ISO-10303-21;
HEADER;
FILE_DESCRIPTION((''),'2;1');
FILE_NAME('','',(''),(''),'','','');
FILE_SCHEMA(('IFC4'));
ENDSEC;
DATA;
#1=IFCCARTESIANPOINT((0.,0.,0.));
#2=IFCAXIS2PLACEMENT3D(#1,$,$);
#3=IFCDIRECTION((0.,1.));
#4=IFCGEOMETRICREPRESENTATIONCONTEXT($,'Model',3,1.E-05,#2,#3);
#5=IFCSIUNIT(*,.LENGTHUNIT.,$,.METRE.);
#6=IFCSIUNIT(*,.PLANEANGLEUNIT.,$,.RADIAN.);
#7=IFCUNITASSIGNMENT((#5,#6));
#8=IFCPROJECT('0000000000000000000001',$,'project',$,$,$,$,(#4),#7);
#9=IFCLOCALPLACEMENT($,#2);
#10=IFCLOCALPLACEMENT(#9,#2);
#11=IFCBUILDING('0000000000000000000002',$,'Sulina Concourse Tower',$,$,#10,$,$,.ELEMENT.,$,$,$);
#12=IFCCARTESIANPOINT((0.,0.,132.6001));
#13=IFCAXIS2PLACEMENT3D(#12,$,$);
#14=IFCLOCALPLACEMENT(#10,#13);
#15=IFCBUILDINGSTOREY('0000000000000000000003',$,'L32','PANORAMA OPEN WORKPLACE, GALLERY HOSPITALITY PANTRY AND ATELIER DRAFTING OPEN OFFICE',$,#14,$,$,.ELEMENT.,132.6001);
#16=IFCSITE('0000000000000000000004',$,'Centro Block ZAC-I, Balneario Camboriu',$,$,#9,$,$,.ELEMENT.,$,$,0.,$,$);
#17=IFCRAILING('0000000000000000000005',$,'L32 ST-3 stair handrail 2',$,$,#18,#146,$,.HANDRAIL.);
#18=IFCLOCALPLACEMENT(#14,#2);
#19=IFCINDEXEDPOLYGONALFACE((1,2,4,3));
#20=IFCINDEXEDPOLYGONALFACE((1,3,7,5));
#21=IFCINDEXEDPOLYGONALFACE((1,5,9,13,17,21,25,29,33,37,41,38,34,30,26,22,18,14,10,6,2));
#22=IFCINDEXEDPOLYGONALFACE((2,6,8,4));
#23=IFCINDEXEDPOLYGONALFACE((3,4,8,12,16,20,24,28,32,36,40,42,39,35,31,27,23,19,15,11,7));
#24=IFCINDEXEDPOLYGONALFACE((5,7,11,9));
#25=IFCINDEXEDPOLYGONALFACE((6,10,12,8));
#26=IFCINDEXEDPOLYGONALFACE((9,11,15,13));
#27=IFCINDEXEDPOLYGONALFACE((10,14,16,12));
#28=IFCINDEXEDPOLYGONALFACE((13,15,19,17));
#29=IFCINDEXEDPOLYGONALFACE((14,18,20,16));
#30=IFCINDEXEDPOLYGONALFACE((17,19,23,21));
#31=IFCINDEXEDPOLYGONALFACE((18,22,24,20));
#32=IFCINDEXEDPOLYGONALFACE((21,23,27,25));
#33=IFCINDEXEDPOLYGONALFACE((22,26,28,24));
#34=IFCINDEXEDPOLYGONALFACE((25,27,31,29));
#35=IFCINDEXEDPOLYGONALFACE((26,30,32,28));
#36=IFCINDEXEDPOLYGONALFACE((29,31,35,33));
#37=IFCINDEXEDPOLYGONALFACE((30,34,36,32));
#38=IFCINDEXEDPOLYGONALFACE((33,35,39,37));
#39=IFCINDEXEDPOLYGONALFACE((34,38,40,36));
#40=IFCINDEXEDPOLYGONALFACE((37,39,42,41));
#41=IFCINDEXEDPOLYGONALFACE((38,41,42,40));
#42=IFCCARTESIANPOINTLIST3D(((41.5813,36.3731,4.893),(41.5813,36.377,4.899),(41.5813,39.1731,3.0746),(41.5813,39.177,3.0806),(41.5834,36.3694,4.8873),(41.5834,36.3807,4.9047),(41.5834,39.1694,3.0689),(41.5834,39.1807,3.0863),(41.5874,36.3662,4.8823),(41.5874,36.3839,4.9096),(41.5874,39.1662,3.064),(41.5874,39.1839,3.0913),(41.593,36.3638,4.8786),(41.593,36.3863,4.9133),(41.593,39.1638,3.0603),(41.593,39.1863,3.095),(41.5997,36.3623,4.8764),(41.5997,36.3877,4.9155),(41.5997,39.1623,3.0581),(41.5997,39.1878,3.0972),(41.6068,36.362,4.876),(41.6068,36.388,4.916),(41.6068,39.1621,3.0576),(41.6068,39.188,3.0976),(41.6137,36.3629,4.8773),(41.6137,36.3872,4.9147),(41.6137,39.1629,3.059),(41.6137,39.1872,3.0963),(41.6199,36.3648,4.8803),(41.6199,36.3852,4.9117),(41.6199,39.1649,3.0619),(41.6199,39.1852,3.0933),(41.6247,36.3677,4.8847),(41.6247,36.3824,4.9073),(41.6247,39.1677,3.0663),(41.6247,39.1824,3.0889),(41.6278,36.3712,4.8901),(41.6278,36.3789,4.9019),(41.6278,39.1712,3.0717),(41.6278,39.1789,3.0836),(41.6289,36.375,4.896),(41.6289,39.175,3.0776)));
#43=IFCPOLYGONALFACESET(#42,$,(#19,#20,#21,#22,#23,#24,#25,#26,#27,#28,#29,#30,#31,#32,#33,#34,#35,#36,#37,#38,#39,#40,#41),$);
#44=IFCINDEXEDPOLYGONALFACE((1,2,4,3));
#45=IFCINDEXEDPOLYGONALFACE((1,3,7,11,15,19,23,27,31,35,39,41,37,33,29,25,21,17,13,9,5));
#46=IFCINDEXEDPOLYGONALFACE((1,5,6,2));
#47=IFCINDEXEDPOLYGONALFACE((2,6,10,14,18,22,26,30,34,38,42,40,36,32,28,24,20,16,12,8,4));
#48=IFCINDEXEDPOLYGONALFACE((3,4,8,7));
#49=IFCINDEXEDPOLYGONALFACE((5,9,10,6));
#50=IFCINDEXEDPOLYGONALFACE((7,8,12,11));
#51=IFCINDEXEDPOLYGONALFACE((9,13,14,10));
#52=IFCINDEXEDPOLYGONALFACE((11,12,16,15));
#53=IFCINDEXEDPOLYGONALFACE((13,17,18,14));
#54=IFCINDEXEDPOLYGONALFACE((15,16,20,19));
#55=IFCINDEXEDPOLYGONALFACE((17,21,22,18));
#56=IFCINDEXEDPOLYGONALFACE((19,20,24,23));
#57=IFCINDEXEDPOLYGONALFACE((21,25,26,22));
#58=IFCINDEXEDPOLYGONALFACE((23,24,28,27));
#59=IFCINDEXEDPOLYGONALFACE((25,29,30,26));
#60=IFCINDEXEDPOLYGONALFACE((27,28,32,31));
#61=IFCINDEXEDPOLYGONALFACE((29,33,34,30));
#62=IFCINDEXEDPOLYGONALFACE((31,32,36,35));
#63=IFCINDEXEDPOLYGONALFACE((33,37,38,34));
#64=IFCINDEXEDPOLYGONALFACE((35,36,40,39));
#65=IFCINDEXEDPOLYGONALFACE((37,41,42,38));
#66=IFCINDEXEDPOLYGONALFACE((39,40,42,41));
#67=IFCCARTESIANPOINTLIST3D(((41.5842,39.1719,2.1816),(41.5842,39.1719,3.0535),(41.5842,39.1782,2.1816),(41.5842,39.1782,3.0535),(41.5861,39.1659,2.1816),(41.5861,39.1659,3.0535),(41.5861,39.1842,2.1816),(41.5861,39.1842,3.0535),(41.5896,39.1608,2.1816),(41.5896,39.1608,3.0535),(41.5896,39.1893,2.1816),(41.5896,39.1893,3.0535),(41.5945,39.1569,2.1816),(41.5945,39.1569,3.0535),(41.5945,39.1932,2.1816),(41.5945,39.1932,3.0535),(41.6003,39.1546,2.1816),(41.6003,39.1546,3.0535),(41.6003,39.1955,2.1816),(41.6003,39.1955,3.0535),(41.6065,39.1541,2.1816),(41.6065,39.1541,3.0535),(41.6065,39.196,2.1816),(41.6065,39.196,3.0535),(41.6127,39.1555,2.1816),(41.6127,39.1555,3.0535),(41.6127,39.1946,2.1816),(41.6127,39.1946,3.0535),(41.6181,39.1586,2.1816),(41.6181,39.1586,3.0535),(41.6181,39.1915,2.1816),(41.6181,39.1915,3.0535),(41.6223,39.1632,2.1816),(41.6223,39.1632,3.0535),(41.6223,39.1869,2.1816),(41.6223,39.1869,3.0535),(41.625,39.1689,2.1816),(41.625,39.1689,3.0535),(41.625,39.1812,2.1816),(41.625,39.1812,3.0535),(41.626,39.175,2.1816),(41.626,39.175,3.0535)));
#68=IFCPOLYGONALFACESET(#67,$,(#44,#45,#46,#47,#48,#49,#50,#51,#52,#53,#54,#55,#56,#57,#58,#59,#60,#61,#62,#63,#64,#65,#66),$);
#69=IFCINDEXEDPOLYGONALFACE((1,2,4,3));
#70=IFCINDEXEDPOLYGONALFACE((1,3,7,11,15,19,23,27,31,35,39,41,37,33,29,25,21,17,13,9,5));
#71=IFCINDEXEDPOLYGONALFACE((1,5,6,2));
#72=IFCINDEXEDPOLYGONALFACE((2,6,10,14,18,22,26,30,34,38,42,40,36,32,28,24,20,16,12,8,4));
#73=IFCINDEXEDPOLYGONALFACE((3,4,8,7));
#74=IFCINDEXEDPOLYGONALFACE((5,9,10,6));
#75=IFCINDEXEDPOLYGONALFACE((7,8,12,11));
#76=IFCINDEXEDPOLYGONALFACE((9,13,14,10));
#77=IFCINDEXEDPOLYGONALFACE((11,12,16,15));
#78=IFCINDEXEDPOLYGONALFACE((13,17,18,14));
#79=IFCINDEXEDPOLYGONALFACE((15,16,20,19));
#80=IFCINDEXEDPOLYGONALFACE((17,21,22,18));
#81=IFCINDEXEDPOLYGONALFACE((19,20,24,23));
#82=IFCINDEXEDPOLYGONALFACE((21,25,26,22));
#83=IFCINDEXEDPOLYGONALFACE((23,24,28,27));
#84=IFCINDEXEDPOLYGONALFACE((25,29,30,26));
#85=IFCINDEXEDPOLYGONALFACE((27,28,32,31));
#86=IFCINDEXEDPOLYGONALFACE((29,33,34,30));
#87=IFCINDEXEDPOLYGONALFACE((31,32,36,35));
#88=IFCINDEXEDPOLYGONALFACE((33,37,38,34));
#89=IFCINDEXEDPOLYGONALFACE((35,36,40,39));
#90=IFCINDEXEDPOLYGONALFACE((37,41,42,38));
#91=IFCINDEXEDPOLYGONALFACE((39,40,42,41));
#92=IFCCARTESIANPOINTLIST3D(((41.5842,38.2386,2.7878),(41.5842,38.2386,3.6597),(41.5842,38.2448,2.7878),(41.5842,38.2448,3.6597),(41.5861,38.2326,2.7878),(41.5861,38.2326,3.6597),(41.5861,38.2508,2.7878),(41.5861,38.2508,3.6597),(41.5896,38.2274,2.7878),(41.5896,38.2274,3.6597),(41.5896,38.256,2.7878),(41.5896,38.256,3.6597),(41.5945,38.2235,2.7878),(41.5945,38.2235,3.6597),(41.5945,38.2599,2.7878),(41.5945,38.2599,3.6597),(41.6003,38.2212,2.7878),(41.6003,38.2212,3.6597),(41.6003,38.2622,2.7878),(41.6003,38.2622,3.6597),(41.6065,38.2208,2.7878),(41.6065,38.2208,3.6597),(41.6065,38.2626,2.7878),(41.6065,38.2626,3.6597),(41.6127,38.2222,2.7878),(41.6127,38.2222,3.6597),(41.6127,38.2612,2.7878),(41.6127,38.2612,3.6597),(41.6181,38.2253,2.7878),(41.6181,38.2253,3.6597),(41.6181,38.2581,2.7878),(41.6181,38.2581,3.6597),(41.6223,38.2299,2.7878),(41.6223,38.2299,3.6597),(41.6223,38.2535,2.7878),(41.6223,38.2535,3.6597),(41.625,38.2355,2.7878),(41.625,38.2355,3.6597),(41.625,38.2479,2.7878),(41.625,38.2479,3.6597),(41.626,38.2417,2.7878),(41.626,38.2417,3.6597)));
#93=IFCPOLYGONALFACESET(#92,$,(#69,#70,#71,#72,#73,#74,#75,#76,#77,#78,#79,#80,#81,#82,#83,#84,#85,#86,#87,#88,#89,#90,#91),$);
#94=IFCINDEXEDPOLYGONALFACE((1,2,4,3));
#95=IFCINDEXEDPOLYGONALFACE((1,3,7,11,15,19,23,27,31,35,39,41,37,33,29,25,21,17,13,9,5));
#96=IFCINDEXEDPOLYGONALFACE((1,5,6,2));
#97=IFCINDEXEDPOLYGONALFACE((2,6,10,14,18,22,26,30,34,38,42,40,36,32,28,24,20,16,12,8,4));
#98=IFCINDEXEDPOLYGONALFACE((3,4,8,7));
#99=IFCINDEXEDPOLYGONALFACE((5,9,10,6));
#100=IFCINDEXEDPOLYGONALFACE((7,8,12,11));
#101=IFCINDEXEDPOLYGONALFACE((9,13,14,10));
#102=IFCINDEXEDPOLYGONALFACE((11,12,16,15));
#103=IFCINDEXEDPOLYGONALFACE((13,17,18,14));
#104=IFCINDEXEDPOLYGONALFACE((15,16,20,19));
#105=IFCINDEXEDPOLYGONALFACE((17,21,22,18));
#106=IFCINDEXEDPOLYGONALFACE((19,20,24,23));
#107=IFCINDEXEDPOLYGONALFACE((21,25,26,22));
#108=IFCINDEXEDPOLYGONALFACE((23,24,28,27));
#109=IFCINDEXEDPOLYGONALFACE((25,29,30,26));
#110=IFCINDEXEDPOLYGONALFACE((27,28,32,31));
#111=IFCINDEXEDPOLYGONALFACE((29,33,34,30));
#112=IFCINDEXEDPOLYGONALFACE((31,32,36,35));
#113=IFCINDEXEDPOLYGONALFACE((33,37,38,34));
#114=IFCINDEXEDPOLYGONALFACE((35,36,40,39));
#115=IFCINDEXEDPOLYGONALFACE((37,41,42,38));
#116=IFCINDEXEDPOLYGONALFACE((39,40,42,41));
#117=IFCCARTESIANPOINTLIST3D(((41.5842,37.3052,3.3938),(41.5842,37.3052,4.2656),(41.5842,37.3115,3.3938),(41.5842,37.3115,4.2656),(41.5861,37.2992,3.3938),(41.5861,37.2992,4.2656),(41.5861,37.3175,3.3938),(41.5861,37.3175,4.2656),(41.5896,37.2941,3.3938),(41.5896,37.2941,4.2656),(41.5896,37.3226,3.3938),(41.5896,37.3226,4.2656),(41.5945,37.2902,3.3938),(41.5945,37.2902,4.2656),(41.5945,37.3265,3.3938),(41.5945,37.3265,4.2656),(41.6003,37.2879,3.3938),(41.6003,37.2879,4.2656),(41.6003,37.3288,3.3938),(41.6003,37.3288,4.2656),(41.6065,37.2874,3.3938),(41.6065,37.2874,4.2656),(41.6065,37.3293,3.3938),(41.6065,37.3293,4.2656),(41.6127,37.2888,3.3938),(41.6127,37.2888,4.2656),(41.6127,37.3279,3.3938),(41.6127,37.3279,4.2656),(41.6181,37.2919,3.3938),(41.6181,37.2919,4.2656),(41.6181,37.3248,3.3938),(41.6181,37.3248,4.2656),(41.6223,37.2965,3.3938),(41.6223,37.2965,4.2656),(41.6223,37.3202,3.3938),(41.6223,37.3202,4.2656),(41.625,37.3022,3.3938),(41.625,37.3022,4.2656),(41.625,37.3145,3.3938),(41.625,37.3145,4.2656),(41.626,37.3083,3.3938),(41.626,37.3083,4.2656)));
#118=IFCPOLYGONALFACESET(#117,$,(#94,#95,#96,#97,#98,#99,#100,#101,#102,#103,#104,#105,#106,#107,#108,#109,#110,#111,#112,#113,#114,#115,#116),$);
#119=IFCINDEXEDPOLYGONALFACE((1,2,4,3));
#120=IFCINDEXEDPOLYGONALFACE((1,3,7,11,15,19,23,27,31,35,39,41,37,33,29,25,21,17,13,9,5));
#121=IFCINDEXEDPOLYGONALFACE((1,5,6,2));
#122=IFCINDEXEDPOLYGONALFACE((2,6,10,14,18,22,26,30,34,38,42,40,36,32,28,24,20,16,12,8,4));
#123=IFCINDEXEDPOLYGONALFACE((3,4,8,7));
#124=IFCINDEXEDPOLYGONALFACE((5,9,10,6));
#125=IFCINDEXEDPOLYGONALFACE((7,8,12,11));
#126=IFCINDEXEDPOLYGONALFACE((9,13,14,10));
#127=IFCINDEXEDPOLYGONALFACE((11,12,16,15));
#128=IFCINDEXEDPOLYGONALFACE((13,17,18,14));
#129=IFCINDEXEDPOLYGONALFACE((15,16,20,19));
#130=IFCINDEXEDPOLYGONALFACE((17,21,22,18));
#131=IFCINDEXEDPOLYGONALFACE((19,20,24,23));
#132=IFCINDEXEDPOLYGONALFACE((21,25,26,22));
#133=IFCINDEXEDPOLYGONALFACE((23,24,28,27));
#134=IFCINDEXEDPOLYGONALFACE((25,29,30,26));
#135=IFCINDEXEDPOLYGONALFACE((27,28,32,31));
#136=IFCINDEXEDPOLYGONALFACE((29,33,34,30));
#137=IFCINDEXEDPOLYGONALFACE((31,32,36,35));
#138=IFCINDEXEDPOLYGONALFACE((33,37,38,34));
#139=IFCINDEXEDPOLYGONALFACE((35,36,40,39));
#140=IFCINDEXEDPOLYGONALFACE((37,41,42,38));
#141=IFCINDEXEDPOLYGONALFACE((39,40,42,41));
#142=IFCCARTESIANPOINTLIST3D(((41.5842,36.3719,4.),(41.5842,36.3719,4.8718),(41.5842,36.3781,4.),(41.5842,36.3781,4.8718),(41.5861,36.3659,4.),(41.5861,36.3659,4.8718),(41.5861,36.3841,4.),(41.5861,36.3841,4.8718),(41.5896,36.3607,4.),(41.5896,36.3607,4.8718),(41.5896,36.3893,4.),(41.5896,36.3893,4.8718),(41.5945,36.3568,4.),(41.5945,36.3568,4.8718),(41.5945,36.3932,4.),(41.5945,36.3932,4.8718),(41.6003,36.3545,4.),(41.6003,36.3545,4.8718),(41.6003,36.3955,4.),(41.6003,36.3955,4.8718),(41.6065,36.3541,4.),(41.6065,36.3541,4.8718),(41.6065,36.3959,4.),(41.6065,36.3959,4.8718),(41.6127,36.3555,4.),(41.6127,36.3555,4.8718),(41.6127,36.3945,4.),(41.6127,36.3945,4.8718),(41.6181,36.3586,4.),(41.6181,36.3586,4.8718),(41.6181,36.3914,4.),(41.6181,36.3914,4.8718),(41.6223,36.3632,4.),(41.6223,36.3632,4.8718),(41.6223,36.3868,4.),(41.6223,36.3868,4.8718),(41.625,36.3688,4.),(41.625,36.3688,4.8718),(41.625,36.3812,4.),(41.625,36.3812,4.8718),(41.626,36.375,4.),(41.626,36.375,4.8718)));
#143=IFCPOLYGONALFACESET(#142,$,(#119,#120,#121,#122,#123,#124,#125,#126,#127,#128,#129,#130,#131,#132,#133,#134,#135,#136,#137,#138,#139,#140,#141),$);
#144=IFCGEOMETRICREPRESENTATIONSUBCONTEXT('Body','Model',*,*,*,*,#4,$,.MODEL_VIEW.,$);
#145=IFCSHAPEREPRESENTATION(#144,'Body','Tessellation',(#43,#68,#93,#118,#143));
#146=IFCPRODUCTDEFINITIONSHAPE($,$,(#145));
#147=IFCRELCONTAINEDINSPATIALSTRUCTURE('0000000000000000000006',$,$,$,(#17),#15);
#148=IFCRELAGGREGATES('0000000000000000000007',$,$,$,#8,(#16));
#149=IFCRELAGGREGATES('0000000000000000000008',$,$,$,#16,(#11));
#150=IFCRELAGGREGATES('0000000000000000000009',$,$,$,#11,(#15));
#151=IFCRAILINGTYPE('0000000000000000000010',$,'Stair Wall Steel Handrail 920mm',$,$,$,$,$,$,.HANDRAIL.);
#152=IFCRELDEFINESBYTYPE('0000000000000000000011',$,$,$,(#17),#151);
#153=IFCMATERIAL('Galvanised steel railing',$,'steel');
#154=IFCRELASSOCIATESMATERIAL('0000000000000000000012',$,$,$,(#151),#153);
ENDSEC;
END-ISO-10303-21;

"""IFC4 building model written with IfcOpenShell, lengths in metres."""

from ifc_helpers import new_model, si_unit, direction, frame, origin, origin_2d, place, context, subcontext, project, spatial, circle, extrude, material, type_object, element, save


model = new_model("IFC4")

# Units and contexts
model_context = context("Model", 3, precision=1e-05, world=origin(), true_north=direction((0.0, 1.0)))
body_context = subcontext(model_context, "Body", "Model", "MODEL_VIEW")
ifc_project = project(units=[si_unit("LENGTHUNIT", "METRE"), si_unit("PLANEANGLEUNIT", "RADIAN")], contexts=[model_context])

# Site, building, storey
site_placement = place(None, origin())
site = spatial("IfcSite", under=ifc_project, at=site_placement, Name="Centro Block ZAC-I, Balneario Camboriu", CompositionType="ELEMENT", RefElevation=0.0)
building_placement = place(site_placement, origin())
building = spatial("IfcBuilding", under=site, at=building_placement, Name="Sulina Concourse Tower", CompositionType="ELEMENT")
storey_placement = place(building_placement, frame((0.0, 0.0, 132.6001)))
storey = spatial("IfcBuildingStorey", under=building, at=storey_placement, Name="L32", Description="PANORAMA OPEN WORKPLACE, GALLERY HOSPITALITY PANTRY AND ATELIER DRAFTING OPEN OFFICE", CompositionType="ELEMENT", Elevation=132.6001)

# Railing
ifc_material_1 = material(Name="Galvanised steel railing", Category="steel")
railing_type_1 = type_object("IfcRailingType", Name="Stair Wall Steel Handrail 920mm", PredefinedType="HANDRAIL", material=ifc_material_1)
railing_1_placement = place(storey_placement, frame((41.605, 39.175, 2.1816)))
element("IfcRailing", 1, at=railing_1_placement, inside=storey, type_object=railing_type_1, Name="L32 ST-3 stair handrail 2", PredefinedType="HANDRAIL", context=body_context, shape_type="SweptSolid", body=[
    extrude(circle(Radius=0.0239, at=origin_2d()), frame((0.0, 0.0, 0.896), z_axis=(0.0, -0.838672, 0.544636), x_axis=(1.0, 0.0, 0.0)), (0.0, 0.0, 1.0), 3.3386),
    extrude(circle(Radius=0.021, at=origin_2d()), origin(), (0.0, 0.0, 1.0), 0.8718),
    extrude(circle(Radius=0.021, at=origin_2d()), frame((0.0, -0.9333, 0.6062)), (0.0, 0.0, 1.0), 0.8718),
    extrude(circle(Radius=0.021, at=origin_2d()), frame((0.0, -1.8667, 1.2122)), (0.0, 0.0, 1.0), 0.8718),
    extrude(circle(Radius=0.021, at=origin_2d()), frame((0.0, -2.8, 1.8184)), (0.0, 0.0, 1.0), 0.8718),
])

save(model, "model.ifc")
